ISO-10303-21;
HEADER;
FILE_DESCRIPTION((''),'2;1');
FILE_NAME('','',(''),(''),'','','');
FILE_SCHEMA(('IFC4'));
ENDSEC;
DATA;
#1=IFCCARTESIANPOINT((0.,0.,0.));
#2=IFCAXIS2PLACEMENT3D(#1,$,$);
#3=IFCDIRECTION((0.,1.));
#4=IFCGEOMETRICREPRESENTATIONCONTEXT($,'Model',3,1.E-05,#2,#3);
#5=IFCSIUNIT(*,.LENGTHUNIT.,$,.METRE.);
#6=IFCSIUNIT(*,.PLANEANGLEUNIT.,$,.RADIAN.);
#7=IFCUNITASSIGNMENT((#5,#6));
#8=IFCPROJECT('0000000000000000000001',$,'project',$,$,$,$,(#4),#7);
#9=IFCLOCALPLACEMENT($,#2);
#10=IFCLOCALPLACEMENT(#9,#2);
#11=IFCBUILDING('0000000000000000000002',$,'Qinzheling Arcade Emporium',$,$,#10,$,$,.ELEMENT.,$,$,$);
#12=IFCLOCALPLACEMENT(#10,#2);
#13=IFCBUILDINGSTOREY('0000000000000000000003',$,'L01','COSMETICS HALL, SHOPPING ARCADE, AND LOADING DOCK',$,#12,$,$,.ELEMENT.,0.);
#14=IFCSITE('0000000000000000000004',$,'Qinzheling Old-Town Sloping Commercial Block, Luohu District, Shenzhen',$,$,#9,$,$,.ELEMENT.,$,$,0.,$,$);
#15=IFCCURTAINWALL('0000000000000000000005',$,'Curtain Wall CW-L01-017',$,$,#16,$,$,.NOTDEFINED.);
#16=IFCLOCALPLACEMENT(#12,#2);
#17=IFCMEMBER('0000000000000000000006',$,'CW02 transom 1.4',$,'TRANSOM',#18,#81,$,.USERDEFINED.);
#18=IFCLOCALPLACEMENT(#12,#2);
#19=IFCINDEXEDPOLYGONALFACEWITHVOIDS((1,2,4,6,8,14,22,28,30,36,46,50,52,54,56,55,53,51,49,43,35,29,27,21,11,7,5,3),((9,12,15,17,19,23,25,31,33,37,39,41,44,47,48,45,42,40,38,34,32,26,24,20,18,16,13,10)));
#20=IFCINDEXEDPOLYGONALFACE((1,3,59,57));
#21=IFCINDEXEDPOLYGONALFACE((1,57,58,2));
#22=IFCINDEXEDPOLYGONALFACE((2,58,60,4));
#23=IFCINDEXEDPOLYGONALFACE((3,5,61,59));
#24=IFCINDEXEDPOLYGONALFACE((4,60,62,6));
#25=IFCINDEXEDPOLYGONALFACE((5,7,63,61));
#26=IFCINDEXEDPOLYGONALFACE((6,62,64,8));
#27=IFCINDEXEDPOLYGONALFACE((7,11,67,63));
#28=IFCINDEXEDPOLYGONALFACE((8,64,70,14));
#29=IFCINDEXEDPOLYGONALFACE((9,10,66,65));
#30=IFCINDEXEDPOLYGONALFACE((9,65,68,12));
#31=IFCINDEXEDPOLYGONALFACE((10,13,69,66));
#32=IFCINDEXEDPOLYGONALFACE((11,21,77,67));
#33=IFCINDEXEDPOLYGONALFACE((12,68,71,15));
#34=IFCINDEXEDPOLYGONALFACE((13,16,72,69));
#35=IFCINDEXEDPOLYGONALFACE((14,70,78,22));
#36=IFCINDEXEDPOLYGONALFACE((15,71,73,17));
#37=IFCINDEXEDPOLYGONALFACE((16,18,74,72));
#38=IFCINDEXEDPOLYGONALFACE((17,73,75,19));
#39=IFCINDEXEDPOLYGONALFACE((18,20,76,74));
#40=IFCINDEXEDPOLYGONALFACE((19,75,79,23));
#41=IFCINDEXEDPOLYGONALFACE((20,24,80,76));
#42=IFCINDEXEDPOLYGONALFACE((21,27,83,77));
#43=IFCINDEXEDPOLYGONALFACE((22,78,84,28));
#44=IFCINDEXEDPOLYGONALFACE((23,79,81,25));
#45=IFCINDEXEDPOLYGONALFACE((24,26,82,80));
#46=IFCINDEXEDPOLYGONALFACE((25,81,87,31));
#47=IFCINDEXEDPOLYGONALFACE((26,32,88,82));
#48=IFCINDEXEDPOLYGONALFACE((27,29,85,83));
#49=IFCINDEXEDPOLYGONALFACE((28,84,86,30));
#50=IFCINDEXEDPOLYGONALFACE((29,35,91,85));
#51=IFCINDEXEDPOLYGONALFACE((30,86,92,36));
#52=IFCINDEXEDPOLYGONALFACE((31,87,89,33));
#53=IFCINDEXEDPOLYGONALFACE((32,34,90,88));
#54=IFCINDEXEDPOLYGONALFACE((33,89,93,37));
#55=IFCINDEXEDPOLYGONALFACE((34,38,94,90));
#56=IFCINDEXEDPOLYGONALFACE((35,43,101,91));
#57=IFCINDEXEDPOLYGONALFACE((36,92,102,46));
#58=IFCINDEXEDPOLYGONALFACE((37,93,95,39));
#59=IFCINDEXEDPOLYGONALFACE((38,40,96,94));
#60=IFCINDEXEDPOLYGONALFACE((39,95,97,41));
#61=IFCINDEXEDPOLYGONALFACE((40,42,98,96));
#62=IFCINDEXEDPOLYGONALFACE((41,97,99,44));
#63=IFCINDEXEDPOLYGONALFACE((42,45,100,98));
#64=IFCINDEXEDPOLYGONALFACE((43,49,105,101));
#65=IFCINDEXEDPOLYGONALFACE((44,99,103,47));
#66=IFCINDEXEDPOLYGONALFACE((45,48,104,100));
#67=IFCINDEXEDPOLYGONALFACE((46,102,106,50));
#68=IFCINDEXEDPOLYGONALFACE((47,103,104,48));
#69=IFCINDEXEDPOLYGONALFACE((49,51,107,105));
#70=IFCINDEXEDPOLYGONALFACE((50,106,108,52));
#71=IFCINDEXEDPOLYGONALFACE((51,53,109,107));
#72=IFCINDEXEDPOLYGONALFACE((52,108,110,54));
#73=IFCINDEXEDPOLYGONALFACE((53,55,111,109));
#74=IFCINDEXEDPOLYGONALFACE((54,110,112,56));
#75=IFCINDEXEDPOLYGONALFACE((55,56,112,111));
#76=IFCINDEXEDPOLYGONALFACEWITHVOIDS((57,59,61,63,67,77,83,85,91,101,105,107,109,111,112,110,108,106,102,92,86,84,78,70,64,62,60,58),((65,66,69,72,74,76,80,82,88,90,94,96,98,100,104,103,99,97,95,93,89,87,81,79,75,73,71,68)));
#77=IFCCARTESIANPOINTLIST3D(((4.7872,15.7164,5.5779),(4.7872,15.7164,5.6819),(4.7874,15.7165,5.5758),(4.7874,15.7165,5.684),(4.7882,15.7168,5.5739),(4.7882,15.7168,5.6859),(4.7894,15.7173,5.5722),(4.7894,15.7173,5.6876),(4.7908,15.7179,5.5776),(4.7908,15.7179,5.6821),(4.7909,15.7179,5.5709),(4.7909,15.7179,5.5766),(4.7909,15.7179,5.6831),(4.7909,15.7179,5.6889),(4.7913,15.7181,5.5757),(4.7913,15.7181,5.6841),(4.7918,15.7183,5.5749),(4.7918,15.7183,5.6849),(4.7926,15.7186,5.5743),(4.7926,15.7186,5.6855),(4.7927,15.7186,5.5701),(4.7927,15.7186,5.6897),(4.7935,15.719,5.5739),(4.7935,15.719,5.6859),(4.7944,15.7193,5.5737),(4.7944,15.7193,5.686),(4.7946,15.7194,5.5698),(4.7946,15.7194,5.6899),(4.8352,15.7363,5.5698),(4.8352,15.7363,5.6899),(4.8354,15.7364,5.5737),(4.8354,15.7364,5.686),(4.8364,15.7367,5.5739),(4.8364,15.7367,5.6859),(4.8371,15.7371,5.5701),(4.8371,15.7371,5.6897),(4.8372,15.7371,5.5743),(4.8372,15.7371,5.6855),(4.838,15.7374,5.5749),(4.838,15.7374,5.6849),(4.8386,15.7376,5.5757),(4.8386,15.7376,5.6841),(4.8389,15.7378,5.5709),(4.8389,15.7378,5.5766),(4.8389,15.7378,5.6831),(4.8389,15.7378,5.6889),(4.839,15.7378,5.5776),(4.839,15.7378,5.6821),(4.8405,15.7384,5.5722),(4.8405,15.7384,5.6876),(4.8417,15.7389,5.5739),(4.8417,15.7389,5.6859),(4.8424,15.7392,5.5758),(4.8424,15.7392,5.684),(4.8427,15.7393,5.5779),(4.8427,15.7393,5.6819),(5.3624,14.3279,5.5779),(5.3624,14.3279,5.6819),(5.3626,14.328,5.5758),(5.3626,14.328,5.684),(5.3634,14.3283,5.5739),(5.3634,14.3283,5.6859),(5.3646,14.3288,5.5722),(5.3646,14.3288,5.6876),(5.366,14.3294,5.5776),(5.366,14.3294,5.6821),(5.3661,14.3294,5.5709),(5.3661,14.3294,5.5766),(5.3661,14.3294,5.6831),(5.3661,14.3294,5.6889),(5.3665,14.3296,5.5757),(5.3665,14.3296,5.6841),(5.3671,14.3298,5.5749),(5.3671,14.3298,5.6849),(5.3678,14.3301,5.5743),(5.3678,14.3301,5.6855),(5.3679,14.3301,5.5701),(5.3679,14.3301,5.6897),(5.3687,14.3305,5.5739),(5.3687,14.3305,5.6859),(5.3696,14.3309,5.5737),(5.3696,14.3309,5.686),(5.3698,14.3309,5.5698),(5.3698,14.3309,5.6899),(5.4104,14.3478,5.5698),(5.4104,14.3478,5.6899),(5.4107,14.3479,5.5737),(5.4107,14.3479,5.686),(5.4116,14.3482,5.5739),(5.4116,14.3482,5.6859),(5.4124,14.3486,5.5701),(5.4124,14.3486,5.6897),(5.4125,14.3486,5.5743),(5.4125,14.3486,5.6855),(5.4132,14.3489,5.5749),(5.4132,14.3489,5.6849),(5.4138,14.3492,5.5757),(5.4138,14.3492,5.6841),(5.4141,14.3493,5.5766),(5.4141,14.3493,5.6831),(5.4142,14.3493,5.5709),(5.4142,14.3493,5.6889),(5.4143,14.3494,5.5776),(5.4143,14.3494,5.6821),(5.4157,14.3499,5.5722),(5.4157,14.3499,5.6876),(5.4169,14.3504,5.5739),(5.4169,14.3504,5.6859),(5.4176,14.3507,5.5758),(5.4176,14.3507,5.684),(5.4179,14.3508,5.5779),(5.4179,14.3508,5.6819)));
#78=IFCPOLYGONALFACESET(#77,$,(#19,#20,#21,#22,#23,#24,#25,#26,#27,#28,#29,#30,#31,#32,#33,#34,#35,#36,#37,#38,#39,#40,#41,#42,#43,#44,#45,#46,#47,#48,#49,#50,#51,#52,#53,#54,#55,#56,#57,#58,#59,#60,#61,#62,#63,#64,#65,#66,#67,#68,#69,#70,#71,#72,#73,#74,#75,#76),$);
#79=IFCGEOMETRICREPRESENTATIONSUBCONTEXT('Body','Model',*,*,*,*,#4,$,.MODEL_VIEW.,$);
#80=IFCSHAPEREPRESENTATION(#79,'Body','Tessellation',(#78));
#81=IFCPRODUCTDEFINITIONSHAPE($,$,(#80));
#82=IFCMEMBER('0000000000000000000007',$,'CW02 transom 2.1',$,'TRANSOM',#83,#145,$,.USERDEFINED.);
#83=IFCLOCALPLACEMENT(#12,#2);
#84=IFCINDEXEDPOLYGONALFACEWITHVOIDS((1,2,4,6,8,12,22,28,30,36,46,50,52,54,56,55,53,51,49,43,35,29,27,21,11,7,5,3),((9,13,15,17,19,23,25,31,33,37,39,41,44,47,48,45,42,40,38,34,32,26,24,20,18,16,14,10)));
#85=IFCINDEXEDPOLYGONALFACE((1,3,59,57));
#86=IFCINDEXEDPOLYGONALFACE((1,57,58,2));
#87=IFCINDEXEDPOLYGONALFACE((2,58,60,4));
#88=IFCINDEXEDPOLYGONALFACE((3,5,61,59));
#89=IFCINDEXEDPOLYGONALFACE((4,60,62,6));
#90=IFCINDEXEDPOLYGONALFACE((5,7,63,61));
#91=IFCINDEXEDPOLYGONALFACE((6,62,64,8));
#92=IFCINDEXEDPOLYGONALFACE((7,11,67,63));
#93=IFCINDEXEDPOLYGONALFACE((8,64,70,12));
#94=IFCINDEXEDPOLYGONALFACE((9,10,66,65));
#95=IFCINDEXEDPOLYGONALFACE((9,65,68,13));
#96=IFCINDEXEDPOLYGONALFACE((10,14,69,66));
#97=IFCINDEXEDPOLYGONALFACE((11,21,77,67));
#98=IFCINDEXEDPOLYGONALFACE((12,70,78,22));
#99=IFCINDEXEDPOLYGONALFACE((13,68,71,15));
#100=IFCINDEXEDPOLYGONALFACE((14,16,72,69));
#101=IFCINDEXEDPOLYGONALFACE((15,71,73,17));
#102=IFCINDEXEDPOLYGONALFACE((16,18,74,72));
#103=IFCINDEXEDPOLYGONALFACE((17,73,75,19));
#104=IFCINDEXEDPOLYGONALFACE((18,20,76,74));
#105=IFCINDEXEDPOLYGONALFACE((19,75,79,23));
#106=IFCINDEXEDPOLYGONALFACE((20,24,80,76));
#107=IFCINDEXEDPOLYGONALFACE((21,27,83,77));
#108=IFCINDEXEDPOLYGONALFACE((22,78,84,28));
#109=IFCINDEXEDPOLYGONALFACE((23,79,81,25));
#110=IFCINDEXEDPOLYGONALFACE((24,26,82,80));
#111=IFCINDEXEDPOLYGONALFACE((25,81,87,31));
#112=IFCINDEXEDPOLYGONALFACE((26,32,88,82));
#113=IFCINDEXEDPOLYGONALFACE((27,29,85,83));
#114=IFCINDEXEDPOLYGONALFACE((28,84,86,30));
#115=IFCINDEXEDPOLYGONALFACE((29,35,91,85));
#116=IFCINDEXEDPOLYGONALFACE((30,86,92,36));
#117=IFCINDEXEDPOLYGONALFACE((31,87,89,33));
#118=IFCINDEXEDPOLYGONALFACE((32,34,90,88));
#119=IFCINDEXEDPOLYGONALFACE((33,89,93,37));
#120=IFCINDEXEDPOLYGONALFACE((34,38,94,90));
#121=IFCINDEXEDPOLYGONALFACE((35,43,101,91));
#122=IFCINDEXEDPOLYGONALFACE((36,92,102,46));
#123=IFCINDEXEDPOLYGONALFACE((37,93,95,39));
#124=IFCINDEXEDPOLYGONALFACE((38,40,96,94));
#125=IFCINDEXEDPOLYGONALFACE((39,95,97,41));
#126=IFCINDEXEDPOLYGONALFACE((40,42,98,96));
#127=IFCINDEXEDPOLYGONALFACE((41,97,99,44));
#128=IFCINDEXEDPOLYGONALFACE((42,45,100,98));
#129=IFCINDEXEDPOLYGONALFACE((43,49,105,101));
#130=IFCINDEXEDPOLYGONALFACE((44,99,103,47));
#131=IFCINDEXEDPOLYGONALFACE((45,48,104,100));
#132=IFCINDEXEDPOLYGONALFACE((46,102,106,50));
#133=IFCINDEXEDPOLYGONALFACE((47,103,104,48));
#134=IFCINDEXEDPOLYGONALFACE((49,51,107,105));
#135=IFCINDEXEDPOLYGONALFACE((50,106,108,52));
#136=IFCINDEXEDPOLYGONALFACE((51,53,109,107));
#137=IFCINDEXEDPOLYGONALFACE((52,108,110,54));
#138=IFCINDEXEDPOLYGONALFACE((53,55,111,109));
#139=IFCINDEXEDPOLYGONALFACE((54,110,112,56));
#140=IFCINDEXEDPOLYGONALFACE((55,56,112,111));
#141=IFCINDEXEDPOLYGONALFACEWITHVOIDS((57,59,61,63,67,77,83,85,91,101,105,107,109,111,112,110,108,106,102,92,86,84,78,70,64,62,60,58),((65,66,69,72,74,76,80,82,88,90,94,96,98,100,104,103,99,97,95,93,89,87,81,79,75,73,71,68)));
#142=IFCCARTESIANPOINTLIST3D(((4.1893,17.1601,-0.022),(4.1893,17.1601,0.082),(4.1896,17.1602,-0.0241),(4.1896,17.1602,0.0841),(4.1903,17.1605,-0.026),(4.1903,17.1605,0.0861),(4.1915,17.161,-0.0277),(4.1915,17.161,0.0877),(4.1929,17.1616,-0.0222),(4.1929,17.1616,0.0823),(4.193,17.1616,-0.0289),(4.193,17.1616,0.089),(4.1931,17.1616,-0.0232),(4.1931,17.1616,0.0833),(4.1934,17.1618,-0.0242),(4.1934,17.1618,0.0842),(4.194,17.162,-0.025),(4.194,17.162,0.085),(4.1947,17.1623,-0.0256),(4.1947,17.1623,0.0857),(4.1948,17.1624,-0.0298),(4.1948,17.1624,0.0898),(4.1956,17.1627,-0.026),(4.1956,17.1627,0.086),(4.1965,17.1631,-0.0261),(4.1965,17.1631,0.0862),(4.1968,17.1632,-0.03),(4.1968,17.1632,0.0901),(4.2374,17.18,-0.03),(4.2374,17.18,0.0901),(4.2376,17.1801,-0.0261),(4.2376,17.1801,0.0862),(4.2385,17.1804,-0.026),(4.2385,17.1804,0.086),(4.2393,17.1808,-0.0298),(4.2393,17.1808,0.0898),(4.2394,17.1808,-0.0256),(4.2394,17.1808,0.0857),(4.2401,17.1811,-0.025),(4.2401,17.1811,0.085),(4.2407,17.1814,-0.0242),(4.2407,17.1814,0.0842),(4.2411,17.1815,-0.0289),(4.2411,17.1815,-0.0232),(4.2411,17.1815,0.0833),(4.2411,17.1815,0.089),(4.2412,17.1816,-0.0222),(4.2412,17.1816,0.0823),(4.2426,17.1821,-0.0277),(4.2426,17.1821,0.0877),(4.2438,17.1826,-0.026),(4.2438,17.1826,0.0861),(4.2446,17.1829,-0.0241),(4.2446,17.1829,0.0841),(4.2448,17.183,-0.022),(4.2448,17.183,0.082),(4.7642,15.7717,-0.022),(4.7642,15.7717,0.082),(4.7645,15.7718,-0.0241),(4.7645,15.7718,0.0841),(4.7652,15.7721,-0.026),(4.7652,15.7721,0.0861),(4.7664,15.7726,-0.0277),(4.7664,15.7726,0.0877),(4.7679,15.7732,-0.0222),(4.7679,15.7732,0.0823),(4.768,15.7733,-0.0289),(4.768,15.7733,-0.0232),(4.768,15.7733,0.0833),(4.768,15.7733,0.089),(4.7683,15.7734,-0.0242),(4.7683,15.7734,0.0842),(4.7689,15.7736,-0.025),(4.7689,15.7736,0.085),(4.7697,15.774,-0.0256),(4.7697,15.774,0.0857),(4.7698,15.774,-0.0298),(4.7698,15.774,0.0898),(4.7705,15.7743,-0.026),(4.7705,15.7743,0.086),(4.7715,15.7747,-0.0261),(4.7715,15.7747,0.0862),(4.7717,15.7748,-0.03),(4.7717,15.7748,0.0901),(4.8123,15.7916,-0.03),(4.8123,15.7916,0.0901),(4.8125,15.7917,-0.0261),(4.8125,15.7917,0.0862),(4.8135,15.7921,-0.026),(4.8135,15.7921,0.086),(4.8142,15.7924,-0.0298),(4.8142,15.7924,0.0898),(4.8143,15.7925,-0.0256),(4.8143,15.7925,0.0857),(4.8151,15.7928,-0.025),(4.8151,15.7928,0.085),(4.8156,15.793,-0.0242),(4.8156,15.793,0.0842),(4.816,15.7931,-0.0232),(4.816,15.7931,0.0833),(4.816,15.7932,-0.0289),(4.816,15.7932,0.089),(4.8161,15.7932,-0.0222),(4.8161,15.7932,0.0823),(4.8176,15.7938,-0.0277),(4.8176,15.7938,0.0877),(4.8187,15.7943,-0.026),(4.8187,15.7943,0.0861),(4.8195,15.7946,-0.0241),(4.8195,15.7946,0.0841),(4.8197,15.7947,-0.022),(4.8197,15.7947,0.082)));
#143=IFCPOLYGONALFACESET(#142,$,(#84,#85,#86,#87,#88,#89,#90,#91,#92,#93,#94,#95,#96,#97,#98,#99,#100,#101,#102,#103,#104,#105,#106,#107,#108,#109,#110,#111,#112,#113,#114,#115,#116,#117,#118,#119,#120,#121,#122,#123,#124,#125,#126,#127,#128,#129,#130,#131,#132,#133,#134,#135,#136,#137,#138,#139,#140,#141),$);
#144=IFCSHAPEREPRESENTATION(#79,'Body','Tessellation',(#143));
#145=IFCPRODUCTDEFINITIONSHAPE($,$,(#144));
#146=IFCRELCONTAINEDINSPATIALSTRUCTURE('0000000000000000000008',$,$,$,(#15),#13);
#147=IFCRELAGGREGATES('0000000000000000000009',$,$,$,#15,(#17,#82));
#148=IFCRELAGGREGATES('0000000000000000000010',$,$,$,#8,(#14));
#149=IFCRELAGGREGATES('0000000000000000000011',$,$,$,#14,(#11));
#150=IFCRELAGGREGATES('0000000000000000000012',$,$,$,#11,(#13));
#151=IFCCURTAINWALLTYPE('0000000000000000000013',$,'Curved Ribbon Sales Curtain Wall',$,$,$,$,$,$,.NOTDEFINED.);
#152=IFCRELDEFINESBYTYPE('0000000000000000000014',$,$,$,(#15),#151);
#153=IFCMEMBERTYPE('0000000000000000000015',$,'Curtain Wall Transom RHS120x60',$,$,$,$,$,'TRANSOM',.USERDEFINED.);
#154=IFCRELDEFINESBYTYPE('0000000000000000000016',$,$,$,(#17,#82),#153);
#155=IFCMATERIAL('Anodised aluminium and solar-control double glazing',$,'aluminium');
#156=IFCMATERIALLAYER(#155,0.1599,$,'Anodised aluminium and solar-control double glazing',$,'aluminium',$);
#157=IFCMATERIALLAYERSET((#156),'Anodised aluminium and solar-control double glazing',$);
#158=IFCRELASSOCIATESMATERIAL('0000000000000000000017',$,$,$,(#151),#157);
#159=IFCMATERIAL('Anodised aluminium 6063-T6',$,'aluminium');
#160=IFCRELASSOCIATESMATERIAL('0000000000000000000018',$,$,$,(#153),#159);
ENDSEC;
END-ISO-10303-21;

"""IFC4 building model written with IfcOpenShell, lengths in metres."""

from ifc_helpers import new_model, si_unit, direction, frame, origin, origin_2d, place, context, subcontext, project, spatial, hollow_rectangle, extrude, material, layer, layer_set, material_profile, profile_set, type_object, element, aggregate, save


model = new_model("IFC4")

# Units and contexts
model_context = context("Model", 3, precision=1e-05, world=origin(), true_north=direction((0.0, 1.0)))
body_context = subcontext(model_context, "Body", "Model", "MODEL_VIEW")
ifc_project = project(units=[si_unit("LENGTHUNIT", "METRE"), si_unit("PLANEANGLEUNIT", "RADIAN")], contexts=[model_context])

# Site, building, storey
site_placement = place(None, origin())
site = spatial("IfcSite", under=ifc_project, at=site_placement, Name="Qinzheling Old-Town Sloping Commercial Block, Luohu District, Shenzhen", CompositionType="ELEMENT", RefElevation=0.0)
building_placement = place(site_placement, origin())
building = spatial("IfcBuilding", under=site, at=building_placement, Name="Qinzheling Arcade Emporium", CompositionType="ELEMENT")
storey_placement = place(building_placement, origin())
storey = spatial("IfcBuildingStorey", under=building, at=storey_placement, Name="L01", Description="COSMETICS HALL, SHOPPING ARCADE, AND LOADING DOCK", CompositionType="ELEMENT", Elevation=0.0)

# Curtain wall
ifc_material_1 = material(Name="Anodised aluminium and solar-control double glazing", Category="aluminium")
ifc_layer_1 = layer(ifc_material_1, 0.1599, Name="Anodised aluminium and solar-control double glazing", Category="aluminium")
ifc_layer_set_1 = layer_set([ifc_layer_1], Name="Anodised aluminium and solar-control double glazing")
curtain_wall_type = type_object("IfcCurtainWallType", Name="Curved Ribbon Sales Curtain Wall", PredefinedType="NOTDEFINED", material=ifc_layer_set_1)
curtain_wall_1_placement = place(storey_placement, origin())
curtain_wall_1 = element("IfcCurtainWall", 1, at=curtain_wall_1_placement, inside=storey, type_object=curtain_wall_type, Name="Curtain Wall CW-L01-017", PredefinedType="NOTDEFINED")
ifc_material_2 = material(Name="Anodised aluminium 6063-T6", Category="aluminium")

# Members
ifc_material_profile_1 = material_profile(ifc_material_2, hollow_rectangle(XDim=0.0601, YDim=0.1201, WallThickness=0.0039, InnerFilletRadius=0.0039, OuterFilletRadius=0.0081, at=origin_2d()), Name="RHS 120x60x4", Category="aluminium")
ifc_profile_set_1 = profile_set([ifc_material_profile_1], Name="Anodised aluminium 6063-T6")
member_type_1 = type_object("IfcMemberType", Name="Curtain Wall Transom RHS120x60", ElementType="TRANSOM", PredefinedType="USERDEFINED", material=ifc_profile_set_1)
member_1_placement = place(storey_placement, frame((5.3901, 14.3394, 5.6299), z_axis=(-0.382734, 0.923858, 0.0), x_axis=(-0.923858, -0.382734, 0.0)))
member_1 = element("IfcMember", 2, at=member_1_placement, type_object=member_type_1, Name="CW02 transom 1.4", ObjectType="TRANSOM", PredefinedType="USERDEFINED", context=body_context, shape_type="SweptSolid", body=[
    extrude(hollow_rectangle(XDim=0.0601, YDim=0.1201, WallThickness=0.0039, InnerFilletRadius=0.0039, OuterFilletRadius=0.0081, at=origin_2d()), origin(), (0.0, 0.0, 1.0), 1.5029),
])
member_2_placement = place(storey_placement, frame((4.792, 15.7832, 0.03), z_axis=(-0.382596, 0.923916, 0.0), x_axis=(-0.923916, -0.382596, 0.0)))
member_2 = element("IfcMember", 3, at=member_2_placement, type_object=member_type_1, Name="CW02 transom 2.1", ObjectType="TRANSOM", PredefinedType="USERDEFINED", context=body_context, shape_type="SweptSolid", body=[
    extrude(hollow_rectangle(XDim=0.0601, YDim=0.1201, WallThickness=0.0039, InnerFilletRadius=0.0039, OuterFilletRadius=0.0081, at=origin_2d()), origin(), (0.0, 0.0, 1.0), 1.5027),
])

aggregate(curtain_wall_1, [member_1, member_2])

save(model, "model.ifc")
